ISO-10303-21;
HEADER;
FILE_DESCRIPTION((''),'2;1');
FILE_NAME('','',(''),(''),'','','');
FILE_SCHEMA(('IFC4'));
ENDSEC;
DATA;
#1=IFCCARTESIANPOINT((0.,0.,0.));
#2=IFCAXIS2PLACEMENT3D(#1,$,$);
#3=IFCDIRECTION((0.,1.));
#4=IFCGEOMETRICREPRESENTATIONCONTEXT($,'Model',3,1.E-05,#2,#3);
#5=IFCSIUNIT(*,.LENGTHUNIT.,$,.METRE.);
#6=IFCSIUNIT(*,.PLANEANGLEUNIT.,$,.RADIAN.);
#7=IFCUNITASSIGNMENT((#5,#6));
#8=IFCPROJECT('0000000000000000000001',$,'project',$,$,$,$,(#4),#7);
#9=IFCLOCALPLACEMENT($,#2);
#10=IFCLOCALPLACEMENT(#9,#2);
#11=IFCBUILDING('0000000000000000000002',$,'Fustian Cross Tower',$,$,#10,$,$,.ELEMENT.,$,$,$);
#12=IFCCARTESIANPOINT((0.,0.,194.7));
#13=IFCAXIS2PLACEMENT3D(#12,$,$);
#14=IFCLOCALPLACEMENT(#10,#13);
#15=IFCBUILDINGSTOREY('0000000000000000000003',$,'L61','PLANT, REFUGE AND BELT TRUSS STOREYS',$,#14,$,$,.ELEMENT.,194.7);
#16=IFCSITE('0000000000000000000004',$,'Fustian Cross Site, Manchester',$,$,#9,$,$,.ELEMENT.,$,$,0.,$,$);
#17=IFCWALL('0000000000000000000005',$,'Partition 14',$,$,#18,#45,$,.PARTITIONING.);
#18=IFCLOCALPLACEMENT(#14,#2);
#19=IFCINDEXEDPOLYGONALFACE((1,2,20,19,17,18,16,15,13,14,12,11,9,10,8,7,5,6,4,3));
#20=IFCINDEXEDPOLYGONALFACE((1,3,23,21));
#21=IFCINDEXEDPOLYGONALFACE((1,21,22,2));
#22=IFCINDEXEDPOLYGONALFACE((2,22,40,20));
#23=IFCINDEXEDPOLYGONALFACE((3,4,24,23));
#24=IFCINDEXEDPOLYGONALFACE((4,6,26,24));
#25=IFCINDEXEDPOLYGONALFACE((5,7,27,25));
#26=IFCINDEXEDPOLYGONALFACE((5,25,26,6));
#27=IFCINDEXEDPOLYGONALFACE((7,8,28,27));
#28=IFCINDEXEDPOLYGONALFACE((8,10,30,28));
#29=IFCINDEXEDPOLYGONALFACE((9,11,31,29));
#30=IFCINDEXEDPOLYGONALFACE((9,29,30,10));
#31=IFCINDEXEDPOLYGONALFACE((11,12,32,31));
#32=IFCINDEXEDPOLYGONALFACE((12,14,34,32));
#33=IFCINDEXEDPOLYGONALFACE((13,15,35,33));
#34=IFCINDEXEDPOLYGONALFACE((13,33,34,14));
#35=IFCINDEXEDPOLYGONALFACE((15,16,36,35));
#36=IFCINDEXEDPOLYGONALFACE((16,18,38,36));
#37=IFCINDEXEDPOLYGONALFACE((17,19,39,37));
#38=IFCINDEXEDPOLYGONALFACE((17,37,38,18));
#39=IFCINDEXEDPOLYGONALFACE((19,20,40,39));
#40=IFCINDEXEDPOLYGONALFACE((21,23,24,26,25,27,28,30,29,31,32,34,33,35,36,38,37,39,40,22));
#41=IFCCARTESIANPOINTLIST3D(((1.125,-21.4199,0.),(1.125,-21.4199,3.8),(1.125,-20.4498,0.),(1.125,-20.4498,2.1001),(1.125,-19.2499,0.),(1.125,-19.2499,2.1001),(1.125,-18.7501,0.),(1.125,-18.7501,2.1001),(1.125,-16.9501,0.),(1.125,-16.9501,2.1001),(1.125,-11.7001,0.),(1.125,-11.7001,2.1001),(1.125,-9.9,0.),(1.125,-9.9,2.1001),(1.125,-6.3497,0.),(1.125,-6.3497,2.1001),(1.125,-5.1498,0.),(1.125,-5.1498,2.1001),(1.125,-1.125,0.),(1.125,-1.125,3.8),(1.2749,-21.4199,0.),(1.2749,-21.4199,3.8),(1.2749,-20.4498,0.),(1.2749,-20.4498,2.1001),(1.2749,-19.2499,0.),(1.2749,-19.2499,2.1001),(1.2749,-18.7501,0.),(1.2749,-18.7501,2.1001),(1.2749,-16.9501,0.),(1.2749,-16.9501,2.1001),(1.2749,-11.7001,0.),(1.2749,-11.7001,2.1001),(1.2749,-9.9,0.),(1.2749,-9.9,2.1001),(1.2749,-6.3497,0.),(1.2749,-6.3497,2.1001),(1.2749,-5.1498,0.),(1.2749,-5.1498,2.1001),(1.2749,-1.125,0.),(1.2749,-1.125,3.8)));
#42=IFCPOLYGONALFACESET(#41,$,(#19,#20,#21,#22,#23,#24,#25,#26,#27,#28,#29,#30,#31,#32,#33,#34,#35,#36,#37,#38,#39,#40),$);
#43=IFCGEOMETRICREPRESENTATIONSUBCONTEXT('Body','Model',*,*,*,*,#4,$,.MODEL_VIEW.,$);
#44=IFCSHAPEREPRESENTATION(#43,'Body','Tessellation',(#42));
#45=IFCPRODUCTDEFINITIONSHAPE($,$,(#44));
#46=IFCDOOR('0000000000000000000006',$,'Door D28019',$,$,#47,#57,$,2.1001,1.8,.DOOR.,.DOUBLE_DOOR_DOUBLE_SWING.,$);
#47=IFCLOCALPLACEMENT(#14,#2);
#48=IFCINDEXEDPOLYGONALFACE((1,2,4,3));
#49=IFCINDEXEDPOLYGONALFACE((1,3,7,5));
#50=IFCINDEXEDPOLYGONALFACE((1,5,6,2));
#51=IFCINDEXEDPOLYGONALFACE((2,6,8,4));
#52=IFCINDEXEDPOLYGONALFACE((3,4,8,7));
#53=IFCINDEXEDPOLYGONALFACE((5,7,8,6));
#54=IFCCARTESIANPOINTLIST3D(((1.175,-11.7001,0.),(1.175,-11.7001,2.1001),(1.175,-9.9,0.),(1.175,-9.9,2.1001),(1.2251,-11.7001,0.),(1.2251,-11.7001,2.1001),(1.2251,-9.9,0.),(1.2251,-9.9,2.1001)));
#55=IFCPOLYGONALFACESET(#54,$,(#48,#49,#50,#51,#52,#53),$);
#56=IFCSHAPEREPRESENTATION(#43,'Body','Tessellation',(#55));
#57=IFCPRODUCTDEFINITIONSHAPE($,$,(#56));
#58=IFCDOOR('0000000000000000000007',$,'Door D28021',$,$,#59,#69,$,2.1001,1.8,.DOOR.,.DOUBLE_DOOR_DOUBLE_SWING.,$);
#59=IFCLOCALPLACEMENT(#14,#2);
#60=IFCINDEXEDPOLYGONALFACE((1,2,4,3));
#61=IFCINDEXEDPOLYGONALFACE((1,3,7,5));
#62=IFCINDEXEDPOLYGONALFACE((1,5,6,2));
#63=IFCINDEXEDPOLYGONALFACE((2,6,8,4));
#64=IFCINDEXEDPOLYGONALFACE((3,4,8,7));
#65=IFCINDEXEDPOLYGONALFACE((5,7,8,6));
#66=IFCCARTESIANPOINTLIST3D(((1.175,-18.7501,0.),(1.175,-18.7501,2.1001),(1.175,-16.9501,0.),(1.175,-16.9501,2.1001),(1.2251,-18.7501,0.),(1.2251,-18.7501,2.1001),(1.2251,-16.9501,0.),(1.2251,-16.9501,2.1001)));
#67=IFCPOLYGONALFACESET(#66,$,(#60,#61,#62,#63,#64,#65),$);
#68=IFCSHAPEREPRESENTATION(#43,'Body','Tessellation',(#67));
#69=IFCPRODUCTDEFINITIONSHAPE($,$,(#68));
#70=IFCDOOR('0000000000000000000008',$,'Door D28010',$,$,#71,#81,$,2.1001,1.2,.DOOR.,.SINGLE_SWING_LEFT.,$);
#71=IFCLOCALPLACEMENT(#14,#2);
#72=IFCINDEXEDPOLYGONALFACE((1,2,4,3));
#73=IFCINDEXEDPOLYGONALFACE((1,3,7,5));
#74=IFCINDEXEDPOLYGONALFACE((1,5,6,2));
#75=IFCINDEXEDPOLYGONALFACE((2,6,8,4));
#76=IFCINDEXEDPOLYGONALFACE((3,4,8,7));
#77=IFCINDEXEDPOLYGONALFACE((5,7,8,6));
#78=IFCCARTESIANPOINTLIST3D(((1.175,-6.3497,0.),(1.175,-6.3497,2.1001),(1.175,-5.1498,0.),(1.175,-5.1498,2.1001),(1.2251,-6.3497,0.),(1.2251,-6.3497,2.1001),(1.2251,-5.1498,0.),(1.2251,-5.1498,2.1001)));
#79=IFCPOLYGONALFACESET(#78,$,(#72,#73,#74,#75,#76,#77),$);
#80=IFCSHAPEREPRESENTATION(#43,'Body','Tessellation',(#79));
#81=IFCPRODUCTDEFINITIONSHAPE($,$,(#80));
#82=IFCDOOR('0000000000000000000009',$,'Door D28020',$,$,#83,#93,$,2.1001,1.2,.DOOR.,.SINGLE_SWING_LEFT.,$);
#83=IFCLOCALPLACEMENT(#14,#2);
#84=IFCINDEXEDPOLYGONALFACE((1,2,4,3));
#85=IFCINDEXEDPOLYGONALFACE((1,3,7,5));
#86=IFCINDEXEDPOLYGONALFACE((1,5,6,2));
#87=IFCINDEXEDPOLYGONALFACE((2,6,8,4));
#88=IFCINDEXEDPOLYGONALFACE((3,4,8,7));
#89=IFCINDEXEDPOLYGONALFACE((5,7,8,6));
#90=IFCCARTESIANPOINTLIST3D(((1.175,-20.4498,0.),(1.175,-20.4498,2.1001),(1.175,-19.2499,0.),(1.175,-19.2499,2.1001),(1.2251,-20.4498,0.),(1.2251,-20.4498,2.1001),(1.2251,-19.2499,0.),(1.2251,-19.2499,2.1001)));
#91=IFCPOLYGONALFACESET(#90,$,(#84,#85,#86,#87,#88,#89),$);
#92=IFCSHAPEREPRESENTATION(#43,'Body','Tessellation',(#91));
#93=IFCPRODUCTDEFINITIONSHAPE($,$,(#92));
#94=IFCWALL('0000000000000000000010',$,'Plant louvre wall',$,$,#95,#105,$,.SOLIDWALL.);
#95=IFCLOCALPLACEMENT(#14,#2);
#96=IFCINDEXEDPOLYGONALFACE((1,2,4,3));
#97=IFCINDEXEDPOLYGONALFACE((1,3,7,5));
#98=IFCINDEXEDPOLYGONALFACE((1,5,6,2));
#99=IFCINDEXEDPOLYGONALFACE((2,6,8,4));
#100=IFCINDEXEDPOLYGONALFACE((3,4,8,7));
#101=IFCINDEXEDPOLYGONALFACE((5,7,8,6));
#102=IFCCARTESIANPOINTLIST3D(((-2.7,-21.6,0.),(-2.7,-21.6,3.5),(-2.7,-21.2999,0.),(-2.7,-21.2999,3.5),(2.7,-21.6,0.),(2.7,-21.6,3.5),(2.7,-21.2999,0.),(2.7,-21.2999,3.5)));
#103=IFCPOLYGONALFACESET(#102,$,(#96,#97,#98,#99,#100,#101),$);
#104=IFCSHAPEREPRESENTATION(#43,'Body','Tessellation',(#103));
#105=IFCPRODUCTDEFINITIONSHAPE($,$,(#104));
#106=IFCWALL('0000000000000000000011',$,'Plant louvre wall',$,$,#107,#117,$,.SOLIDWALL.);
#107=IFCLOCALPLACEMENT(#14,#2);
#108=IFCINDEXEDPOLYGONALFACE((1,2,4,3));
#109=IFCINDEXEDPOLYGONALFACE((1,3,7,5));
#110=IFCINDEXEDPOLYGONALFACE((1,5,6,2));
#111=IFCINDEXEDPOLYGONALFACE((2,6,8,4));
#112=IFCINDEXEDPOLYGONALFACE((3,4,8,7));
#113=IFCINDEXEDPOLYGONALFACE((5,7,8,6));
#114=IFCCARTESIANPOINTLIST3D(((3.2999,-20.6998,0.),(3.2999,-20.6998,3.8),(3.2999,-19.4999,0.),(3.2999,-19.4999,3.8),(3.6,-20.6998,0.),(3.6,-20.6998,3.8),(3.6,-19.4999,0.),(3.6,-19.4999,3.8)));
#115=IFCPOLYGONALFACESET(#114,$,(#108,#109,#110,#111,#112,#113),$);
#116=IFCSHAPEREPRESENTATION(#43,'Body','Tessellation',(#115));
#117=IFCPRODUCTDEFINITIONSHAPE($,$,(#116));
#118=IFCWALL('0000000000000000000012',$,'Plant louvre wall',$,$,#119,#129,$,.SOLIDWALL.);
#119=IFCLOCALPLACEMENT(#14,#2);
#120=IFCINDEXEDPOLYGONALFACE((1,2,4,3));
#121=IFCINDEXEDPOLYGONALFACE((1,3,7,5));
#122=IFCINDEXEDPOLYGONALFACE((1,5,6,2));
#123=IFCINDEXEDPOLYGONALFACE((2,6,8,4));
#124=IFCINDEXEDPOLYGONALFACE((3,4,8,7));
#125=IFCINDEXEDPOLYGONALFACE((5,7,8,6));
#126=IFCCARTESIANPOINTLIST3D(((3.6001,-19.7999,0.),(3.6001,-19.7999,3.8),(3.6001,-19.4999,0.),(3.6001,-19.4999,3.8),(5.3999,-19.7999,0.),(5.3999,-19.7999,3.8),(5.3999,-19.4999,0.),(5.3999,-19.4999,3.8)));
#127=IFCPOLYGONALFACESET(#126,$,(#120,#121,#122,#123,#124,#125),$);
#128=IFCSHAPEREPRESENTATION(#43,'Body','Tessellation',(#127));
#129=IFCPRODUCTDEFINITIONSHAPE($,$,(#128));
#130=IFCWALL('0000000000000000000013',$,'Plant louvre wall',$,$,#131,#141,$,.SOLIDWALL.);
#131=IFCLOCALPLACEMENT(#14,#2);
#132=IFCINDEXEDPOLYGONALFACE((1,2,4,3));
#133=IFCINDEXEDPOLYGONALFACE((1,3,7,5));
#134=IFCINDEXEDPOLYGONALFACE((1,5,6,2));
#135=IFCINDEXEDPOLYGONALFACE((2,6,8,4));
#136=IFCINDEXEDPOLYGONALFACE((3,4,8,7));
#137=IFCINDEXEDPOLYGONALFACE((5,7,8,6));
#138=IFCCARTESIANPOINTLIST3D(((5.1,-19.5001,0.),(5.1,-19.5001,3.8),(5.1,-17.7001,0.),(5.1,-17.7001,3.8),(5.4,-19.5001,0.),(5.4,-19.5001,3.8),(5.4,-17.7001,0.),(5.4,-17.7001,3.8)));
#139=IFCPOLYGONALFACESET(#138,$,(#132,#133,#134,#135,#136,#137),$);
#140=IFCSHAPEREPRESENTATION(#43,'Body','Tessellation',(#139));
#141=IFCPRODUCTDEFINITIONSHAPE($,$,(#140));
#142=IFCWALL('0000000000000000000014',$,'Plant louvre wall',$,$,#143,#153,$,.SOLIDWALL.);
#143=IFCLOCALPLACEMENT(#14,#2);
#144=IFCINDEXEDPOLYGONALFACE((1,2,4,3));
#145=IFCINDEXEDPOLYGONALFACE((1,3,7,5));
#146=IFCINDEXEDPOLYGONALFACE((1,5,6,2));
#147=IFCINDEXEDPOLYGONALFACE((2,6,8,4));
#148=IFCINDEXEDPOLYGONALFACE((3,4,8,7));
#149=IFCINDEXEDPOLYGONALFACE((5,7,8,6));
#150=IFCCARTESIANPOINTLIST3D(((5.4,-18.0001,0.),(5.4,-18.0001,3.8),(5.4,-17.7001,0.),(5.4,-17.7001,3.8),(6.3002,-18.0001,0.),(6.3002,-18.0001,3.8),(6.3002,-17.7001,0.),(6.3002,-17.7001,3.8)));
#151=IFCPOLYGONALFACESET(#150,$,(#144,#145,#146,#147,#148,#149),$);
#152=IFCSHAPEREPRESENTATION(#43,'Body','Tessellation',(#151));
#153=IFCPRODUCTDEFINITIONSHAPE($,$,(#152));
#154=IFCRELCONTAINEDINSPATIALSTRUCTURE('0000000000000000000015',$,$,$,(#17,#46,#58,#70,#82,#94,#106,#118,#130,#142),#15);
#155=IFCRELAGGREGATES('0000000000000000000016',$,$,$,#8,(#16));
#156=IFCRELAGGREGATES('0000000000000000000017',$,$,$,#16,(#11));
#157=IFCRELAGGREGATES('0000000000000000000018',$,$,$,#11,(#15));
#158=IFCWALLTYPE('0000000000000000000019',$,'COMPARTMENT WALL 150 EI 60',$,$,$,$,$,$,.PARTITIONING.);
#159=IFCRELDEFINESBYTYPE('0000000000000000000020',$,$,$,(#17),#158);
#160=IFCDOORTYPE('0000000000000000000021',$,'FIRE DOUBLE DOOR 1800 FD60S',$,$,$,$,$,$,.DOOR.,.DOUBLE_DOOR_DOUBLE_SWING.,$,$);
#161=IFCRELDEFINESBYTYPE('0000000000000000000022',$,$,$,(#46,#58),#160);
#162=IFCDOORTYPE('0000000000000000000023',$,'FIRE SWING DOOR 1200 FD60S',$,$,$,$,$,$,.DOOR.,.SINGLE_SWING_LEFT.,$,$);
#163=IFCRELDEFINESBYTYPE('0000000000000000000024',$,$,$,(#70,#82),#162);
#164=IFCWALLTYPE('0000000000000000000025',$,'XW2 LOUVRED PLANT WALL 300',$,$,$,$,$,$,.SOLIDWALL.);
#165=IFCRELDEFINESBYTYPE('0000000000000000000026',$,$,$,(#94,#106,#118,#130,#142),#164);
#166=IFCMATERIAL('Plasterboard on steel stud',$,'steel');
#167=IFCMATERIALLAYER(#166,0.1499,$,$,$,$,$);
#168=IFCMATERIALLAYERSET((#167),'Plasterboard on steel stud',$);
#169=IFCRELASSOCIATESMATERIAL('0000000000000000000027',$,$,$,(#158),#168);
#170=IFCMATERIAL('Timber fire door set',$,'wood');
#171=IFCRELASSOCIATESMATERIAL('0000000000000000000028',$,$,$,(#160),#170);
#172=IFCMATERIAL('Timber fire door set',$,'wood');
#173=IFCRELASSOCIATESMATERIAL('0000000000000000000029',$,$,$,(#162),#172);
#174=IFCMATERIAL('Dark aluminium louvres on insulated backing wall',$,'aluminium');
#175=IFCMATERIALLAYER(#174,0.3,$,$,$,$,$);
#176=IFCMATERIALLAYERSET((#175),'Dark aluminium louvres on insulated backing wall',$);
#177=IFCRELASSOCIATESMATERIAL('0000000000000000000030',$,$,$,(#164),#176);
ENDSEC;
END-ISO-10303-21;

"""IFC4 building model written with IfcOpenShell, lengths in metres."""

from ifc_helpers import new_model, si_unit, direction, frame, frame_2d, origin, place, context, subcontext, project, spatial, rectangle, extrude, material, layer, layer_set, type_object, element, fill, save


model = new_model("IFC4")

# Units and contexts
model_context = context("Model", 3, precision=1e-05, world=origin(), true_north=direction((0.0, 1.0)))
body_context = subcontext(model_context, "Body", "Model", "MODEL_VIEW")
ifc_project = project(units=[si_unit("LENGTHUNIT", "METRE"), si_unit("PLANEANGLEUNIT", "RADIAN")], contexts=[model_context])

# Site, building, storey
site_placement = place(None, origin())
site = spatial("IfcSite", under=ifc_project, at=site_placement, Name="Fustian Cross Site, Manchester", CompositionType="ELEMENT", RefElevation=0.0)
building_placement = place(site_placement, origin())
building = spatial("IfcBuilding", under=site, at=building_placement, Name="Fustian Cross Tower", CompositionType="ELEMENT")
storey_placement = place(building_placement, frame((0.0, 0.0, 194.7)))
storey = spatial("IfcBuildingStorey", under=building, at=storey_placement, Name="L61", Description="PLANT, REFUGE AND BELT TRUSS STOREYS", CompositionType="ELEMENT", Elevation=194.7)

# Wall, openings, doors
ifc_material_1 = material(Name="Plasterboard on steel stud", Category="steel")
ifc_layer_1 = layer(ifc_material_1, 0.1499)
ifc_layer_set_1 = layer_set([ifc_layer_1], Name="Plasterboard on steel stud")
wall_type_1 = type_object("IfcWallType", Name="COMPARTMENT WALL 150 EI 60", PredefinedType="PARTITIONING", material=ifc_layer_set_1)
ifc_material_2 = material(Name="Timber fire door set", Category="wood")
door_type_1 = type_object("IfcDoorType", Name="FIRE DOUBLE DOOR 1800 FD60S", OperationType="DOUBLE_DOOR_DOUBLE_SWING", PredefinedType="DOOR", material=ifc_material_2)
ifc_material_3 = material(Name="Timber fire door set", Category="wood")
door_type_2 = type_object("IfcDoorType", Name="FIRE SWING DOOR 1200 FD60S", OperationType="SINGLE_SWING_LEFT", PredefinedType="DOOR", material=ifc_material_3)
wall_1_placement = place(storey_placement, frame((1.2, -21.4199, 0.0), z_axis=(0.0, 0.0, 1.0), x_axis=(0.0, 1.0, 0.0)))
wall_1 = element("IfcWall", 1, at=wall_1_placement, inside=storey, type_object=wall_type_1, Name="Partition 14", PredefinedType="PARTITIONING", context=body_context, shape_type="SweptSolid", body=[
    extrude(rectangle(XDim=20.2949, YDim=0.1499, at=frame_2d((10.1475, 0.0))), origin(), (0.0, 0.0, 1.0), 3.8),
])
opening_1_placement = place(wall_1_placement, frame((15.0701, 0.0, 0.0)))
opening_1 = element("IfcOpeningElement", 2, at=opening_1_placement, cuts=wall_1, PredefinedType="OPENING", context=body_context, shape_type="SweptSolid", body=[
    extrude(rectangle(XDim=1.2, YDim=2.1001, at=frame_2d((0.6001, 1.05))), frame((0.0, 0.085, 0.0), z_axis=(0.0, -1.0, 0.0), x_axis=(1.0, 0.0, 0.0)), (0.0, 0.0, 1.0), 0.1699),
])
opening_2_placement = place(wall_1_placement, frame((9.72, 0.0, 0.0)))
opening_2 = element("IfcOpeningElement", 3, at=opening_2_placement, cuts=wall_1, PredefinedType="OPENING", context=body_context, shape_type="SweptSolid", body=[
    extrude(rectangle(XDim=1.8, YDim=2.1001, at=frame_2d((0.8999, 1.05))), frame((0.0, 0.085, 0.0), z_axis=(0.0, -1.0, 0.0), x_axis=(1.0, 0.0, 0.0)), (0.0, 0.0, 1.0), 0.1699),
])
opening_3_placement = place(wall_1_placement, frame((0.97, 0.0, 0.0)))
opening_3 = element("IfcOpeningElement", 4, at=opening_3_placement, cuts=wall_1, PredefinedType="OPENING", context=body_context, shape_type="SweptSolid", body=[
    extrude(rectangle(XDim=1.2, YDim=2.1001, at=frame_2d((0.6001, 1.05))), frame((0.0, 0.085, 0.0), z_axis=(0.0, -1.0, 0.0), x_axis=(1.0, 0.0, 0.0)), (0.0, 0.0, 1.0), 0.1699),
])
opening_4_placement = place(wall_1_placement, frame((2.6699, 0.0, 0.0)))
opening_4 = element("IfcOpeningElement", 5, at=opening_4_placement, cuts=wall_1, PredefinedType="OPENING", context=body_context, shape_type="SweptSolid", body=[
    extrude(rectangle(XDim=1.8, YDim=2.1001, at=frame_2d((0.8999, 1.05))), frame((0.0, 0.085, 0.0), z_axis=(0.0, -1.0, 0.0), x_axis=(1.0, 0.0, 0.0)), (0.0, 0.0, 1.0), 0.1699),
])
door_1_placement = place(opening_2_placement, origin())
door_1 = element("IfcDoor", 6, at=door_1_placement, inside=storey, type_object=door_type_1, Name="Door D28019", OperationType="DOUBLE_DOOR_DOUBLE_SWING", OverallHeight=2.1001, OverallWidth=1.8, PredefinedType="DOOR", context=body_context, shape_type="SweptSolid", body=[
    extrude(rectangle(XDim=1.8, YDim=2.1001, at=frame_2d((0.8999, 1.05))), frame((0.0, 0.0249, 0.0), z_axis=(0.0, -1.0, 0.0), x_axis=(1.0, 0.0, 0.0)), (0.0, 0.0, 1.0), 0.05),
])
fill(opening_2, door_1)
door_2_placement = place(opening_4_placement, origin())
door_2 = element("IfcDoor", 7, at=door_2_placement, inside=storey, type_object=door_type_1, Name="Door D28021", OperationType="DOUBLE_DOOR_DOUBLE_SWING", OverallHeight=2.1001, OverallWidth=1.8, PredefinedType="DOOR", context=body_context, shape_type="SweptSolid", body=[
    extrude(rectangle(XDim=1.8, YDim=2.1001, at=frame_2d((0.8999, 1.05))), frame((0.0, 0.0249, 0.0), z_axis=(0.0, -1.0, 0.0), x_axis=(1.0, 0.0, 0.0)), (0.0, 0.0, 1.0), 0.05),
])
fill(opening_4, door_2)
door_3_placement = place(opening_1_placement, origin())
door_3 = element("IfcDoor", 8, at=door_3_placement, inside=storey, type_object=door_type_2, Name="Door D28010", OperationType="SINGLE_SWING_LEFT", OverallHeight=2.1001, OverallWidth=1.2, PredefinedType="DOOR", context=body_context, shape_type="SweptSolid", body=[
    extrude(rectangle(XDim=1.2, YDim=2.1001, at=frame_2d((0.6001, 1.05))), frame((0.0, 0.0249, 0.0), z_axis=(0.0, -1.0, 0.0), x_axis=(1.0, 0.0, 0.0)), (0.0, 0.0, 1.0), 0.05),
])
fill(opening_1, door_3)
door_4_placement = place(opening_3_placement, origin())
door_4 = element("IfcDoor", 9, at=door_4_placement, inside=storey, type_object=door_type_2, Name="Door D28020", OperationType="SINGLE_SWING_LEFT", OverallHeight=2.1001, OverallWidth=1.2, PredefinedType="DOOR", context=body_context, shape_type="SweptSolid", body=[
    extrude(rectangle(XDim=1.2, YDim=2.1001, at=frame_2d((0.6001, 1.05))), frame((0.0, 0.0249, 0.0), z_axis=(0.0, -1.0, 0.0), x_axis=(1.0, 0.0, 0.0)), (0.0, 0.0, 1.0), 0.05),
])
fill(opening_3, door_4)

# Walls
ifc_material_4 = material(Name="Dark aluminium louvres on insulated backing wall", Category="aluminium")
ifc_layer_2 = layer(ifc_material_4, 0.3)
ifc_layer_set_2 = layer_set([ifc_layer_2], Name="Dark aluminium louvres on insulated backing wall")
wall_type_2 = type_object("IfcWallType", Name="XW2 LOUVRED PLANT WALL 300", PredefinedType="SOLIDWALL", material=ifc_layer_set_2)
wall_2_placement = place(storey_placement, frame((-2.7, -21.45, 0.0), z_axis=(0.0, 0.0, 1.0), x_axis=(1.0, 0.0, 0.0)))
element("IfcWall", 10, at=wall_2_placement, inside=storey, type_object=wall_type_2, Name="Plant louvre wall", PredefinedType="SOLIDWALL", context=body_context, shape_type="SweptSolid", body=[
    extrude(rectangle(XDim=5.3999, YDim=0.3, at=frame_2d((2.7, 0.0))), origin(), (0.0, 0.0, 1.0), 3.5),
])
wall_3_placement = place(storey_placement, frame((3.45, -20.7, 0.0), z_axis=(0.0, 0.0, 1.0), x_axis=(0.0, 1.0, 0.0)))
element("IfcWall", 11, at=wall_3_placement, inside=storey, type_object=wall_type_2, Name="Plant louvre wall", PredefinedType="SOLIDWALL", context=body_context, shape_type="SweptSolid", body=[
    extrude(rectangle(XDim=1.2, YDim=0.3, at=frame_2d((0.6001, 0.0))), origin(), (0.0, 0.0, 1.0), 3.8),
])
wall_4_placement = place(storey_placement, frame((3.6001, -19.6499, 0.0), z_axis=(0.0, 0.0, 1.0), x_axis=(1.0, 0.0, 0.0)))
element("IfcWall", 12, at=wall_4_placement, inside=storey, type_object=wall_type_2, Name="Plant louvre wall", PredefinedType="SOLIDWALL", context=body_context, shape_type="SweptSolid", body=[
    extrude(rectangle(XDim=1.7998, YDim=0.3, at=frame_2d((0.8999, 0.0))), origin(), (0.0, 0.0, 1.0), 3.8),
])
wall_5_placement = place(storey_placement, frame((5.25, -19.5, 0.0), z_axis=(0.0, 0.0, 1.0), x_axis=(0.0, 1.0, 0.0)))
element("IfcWall", 13, at=wall_5_placement, inside=storey, type_object=wall_type_2, Name="Plant louvre wall", PredefinedType="SOLIDWALL", context=body_context, shape_type="SweptSolid", body=[
    extrude(rectangle(XDim=1.8, YDim=0.3, at=frame_2d((0.8999, 0.0))), origin(), (0.0, 0.0, 1.0), 3.8),
])
wall_6_placement = place(storey_placement, frame((5.3999, -17.8501, 0.0), z_axis=(0.0, 0.0, 1.0), x_axis=(1.0, 0.0, 0.0)))
element("IfcWall", 14, at=wall_6_placement, inside=storey, type_object=wall_type_2, Name="Plant louvre wall", PredefinedType="SOLIDWALL", context=body_context, shape_type="SweptSolid", body=[
    extrude(rectangle(XDim=0.9001, YDim=0.3, at=frame_2d((0.4502, 0.0))), origin(), (0.0, 0.0, 1.0), 3.8),
])

save(model, "model.ifc")
